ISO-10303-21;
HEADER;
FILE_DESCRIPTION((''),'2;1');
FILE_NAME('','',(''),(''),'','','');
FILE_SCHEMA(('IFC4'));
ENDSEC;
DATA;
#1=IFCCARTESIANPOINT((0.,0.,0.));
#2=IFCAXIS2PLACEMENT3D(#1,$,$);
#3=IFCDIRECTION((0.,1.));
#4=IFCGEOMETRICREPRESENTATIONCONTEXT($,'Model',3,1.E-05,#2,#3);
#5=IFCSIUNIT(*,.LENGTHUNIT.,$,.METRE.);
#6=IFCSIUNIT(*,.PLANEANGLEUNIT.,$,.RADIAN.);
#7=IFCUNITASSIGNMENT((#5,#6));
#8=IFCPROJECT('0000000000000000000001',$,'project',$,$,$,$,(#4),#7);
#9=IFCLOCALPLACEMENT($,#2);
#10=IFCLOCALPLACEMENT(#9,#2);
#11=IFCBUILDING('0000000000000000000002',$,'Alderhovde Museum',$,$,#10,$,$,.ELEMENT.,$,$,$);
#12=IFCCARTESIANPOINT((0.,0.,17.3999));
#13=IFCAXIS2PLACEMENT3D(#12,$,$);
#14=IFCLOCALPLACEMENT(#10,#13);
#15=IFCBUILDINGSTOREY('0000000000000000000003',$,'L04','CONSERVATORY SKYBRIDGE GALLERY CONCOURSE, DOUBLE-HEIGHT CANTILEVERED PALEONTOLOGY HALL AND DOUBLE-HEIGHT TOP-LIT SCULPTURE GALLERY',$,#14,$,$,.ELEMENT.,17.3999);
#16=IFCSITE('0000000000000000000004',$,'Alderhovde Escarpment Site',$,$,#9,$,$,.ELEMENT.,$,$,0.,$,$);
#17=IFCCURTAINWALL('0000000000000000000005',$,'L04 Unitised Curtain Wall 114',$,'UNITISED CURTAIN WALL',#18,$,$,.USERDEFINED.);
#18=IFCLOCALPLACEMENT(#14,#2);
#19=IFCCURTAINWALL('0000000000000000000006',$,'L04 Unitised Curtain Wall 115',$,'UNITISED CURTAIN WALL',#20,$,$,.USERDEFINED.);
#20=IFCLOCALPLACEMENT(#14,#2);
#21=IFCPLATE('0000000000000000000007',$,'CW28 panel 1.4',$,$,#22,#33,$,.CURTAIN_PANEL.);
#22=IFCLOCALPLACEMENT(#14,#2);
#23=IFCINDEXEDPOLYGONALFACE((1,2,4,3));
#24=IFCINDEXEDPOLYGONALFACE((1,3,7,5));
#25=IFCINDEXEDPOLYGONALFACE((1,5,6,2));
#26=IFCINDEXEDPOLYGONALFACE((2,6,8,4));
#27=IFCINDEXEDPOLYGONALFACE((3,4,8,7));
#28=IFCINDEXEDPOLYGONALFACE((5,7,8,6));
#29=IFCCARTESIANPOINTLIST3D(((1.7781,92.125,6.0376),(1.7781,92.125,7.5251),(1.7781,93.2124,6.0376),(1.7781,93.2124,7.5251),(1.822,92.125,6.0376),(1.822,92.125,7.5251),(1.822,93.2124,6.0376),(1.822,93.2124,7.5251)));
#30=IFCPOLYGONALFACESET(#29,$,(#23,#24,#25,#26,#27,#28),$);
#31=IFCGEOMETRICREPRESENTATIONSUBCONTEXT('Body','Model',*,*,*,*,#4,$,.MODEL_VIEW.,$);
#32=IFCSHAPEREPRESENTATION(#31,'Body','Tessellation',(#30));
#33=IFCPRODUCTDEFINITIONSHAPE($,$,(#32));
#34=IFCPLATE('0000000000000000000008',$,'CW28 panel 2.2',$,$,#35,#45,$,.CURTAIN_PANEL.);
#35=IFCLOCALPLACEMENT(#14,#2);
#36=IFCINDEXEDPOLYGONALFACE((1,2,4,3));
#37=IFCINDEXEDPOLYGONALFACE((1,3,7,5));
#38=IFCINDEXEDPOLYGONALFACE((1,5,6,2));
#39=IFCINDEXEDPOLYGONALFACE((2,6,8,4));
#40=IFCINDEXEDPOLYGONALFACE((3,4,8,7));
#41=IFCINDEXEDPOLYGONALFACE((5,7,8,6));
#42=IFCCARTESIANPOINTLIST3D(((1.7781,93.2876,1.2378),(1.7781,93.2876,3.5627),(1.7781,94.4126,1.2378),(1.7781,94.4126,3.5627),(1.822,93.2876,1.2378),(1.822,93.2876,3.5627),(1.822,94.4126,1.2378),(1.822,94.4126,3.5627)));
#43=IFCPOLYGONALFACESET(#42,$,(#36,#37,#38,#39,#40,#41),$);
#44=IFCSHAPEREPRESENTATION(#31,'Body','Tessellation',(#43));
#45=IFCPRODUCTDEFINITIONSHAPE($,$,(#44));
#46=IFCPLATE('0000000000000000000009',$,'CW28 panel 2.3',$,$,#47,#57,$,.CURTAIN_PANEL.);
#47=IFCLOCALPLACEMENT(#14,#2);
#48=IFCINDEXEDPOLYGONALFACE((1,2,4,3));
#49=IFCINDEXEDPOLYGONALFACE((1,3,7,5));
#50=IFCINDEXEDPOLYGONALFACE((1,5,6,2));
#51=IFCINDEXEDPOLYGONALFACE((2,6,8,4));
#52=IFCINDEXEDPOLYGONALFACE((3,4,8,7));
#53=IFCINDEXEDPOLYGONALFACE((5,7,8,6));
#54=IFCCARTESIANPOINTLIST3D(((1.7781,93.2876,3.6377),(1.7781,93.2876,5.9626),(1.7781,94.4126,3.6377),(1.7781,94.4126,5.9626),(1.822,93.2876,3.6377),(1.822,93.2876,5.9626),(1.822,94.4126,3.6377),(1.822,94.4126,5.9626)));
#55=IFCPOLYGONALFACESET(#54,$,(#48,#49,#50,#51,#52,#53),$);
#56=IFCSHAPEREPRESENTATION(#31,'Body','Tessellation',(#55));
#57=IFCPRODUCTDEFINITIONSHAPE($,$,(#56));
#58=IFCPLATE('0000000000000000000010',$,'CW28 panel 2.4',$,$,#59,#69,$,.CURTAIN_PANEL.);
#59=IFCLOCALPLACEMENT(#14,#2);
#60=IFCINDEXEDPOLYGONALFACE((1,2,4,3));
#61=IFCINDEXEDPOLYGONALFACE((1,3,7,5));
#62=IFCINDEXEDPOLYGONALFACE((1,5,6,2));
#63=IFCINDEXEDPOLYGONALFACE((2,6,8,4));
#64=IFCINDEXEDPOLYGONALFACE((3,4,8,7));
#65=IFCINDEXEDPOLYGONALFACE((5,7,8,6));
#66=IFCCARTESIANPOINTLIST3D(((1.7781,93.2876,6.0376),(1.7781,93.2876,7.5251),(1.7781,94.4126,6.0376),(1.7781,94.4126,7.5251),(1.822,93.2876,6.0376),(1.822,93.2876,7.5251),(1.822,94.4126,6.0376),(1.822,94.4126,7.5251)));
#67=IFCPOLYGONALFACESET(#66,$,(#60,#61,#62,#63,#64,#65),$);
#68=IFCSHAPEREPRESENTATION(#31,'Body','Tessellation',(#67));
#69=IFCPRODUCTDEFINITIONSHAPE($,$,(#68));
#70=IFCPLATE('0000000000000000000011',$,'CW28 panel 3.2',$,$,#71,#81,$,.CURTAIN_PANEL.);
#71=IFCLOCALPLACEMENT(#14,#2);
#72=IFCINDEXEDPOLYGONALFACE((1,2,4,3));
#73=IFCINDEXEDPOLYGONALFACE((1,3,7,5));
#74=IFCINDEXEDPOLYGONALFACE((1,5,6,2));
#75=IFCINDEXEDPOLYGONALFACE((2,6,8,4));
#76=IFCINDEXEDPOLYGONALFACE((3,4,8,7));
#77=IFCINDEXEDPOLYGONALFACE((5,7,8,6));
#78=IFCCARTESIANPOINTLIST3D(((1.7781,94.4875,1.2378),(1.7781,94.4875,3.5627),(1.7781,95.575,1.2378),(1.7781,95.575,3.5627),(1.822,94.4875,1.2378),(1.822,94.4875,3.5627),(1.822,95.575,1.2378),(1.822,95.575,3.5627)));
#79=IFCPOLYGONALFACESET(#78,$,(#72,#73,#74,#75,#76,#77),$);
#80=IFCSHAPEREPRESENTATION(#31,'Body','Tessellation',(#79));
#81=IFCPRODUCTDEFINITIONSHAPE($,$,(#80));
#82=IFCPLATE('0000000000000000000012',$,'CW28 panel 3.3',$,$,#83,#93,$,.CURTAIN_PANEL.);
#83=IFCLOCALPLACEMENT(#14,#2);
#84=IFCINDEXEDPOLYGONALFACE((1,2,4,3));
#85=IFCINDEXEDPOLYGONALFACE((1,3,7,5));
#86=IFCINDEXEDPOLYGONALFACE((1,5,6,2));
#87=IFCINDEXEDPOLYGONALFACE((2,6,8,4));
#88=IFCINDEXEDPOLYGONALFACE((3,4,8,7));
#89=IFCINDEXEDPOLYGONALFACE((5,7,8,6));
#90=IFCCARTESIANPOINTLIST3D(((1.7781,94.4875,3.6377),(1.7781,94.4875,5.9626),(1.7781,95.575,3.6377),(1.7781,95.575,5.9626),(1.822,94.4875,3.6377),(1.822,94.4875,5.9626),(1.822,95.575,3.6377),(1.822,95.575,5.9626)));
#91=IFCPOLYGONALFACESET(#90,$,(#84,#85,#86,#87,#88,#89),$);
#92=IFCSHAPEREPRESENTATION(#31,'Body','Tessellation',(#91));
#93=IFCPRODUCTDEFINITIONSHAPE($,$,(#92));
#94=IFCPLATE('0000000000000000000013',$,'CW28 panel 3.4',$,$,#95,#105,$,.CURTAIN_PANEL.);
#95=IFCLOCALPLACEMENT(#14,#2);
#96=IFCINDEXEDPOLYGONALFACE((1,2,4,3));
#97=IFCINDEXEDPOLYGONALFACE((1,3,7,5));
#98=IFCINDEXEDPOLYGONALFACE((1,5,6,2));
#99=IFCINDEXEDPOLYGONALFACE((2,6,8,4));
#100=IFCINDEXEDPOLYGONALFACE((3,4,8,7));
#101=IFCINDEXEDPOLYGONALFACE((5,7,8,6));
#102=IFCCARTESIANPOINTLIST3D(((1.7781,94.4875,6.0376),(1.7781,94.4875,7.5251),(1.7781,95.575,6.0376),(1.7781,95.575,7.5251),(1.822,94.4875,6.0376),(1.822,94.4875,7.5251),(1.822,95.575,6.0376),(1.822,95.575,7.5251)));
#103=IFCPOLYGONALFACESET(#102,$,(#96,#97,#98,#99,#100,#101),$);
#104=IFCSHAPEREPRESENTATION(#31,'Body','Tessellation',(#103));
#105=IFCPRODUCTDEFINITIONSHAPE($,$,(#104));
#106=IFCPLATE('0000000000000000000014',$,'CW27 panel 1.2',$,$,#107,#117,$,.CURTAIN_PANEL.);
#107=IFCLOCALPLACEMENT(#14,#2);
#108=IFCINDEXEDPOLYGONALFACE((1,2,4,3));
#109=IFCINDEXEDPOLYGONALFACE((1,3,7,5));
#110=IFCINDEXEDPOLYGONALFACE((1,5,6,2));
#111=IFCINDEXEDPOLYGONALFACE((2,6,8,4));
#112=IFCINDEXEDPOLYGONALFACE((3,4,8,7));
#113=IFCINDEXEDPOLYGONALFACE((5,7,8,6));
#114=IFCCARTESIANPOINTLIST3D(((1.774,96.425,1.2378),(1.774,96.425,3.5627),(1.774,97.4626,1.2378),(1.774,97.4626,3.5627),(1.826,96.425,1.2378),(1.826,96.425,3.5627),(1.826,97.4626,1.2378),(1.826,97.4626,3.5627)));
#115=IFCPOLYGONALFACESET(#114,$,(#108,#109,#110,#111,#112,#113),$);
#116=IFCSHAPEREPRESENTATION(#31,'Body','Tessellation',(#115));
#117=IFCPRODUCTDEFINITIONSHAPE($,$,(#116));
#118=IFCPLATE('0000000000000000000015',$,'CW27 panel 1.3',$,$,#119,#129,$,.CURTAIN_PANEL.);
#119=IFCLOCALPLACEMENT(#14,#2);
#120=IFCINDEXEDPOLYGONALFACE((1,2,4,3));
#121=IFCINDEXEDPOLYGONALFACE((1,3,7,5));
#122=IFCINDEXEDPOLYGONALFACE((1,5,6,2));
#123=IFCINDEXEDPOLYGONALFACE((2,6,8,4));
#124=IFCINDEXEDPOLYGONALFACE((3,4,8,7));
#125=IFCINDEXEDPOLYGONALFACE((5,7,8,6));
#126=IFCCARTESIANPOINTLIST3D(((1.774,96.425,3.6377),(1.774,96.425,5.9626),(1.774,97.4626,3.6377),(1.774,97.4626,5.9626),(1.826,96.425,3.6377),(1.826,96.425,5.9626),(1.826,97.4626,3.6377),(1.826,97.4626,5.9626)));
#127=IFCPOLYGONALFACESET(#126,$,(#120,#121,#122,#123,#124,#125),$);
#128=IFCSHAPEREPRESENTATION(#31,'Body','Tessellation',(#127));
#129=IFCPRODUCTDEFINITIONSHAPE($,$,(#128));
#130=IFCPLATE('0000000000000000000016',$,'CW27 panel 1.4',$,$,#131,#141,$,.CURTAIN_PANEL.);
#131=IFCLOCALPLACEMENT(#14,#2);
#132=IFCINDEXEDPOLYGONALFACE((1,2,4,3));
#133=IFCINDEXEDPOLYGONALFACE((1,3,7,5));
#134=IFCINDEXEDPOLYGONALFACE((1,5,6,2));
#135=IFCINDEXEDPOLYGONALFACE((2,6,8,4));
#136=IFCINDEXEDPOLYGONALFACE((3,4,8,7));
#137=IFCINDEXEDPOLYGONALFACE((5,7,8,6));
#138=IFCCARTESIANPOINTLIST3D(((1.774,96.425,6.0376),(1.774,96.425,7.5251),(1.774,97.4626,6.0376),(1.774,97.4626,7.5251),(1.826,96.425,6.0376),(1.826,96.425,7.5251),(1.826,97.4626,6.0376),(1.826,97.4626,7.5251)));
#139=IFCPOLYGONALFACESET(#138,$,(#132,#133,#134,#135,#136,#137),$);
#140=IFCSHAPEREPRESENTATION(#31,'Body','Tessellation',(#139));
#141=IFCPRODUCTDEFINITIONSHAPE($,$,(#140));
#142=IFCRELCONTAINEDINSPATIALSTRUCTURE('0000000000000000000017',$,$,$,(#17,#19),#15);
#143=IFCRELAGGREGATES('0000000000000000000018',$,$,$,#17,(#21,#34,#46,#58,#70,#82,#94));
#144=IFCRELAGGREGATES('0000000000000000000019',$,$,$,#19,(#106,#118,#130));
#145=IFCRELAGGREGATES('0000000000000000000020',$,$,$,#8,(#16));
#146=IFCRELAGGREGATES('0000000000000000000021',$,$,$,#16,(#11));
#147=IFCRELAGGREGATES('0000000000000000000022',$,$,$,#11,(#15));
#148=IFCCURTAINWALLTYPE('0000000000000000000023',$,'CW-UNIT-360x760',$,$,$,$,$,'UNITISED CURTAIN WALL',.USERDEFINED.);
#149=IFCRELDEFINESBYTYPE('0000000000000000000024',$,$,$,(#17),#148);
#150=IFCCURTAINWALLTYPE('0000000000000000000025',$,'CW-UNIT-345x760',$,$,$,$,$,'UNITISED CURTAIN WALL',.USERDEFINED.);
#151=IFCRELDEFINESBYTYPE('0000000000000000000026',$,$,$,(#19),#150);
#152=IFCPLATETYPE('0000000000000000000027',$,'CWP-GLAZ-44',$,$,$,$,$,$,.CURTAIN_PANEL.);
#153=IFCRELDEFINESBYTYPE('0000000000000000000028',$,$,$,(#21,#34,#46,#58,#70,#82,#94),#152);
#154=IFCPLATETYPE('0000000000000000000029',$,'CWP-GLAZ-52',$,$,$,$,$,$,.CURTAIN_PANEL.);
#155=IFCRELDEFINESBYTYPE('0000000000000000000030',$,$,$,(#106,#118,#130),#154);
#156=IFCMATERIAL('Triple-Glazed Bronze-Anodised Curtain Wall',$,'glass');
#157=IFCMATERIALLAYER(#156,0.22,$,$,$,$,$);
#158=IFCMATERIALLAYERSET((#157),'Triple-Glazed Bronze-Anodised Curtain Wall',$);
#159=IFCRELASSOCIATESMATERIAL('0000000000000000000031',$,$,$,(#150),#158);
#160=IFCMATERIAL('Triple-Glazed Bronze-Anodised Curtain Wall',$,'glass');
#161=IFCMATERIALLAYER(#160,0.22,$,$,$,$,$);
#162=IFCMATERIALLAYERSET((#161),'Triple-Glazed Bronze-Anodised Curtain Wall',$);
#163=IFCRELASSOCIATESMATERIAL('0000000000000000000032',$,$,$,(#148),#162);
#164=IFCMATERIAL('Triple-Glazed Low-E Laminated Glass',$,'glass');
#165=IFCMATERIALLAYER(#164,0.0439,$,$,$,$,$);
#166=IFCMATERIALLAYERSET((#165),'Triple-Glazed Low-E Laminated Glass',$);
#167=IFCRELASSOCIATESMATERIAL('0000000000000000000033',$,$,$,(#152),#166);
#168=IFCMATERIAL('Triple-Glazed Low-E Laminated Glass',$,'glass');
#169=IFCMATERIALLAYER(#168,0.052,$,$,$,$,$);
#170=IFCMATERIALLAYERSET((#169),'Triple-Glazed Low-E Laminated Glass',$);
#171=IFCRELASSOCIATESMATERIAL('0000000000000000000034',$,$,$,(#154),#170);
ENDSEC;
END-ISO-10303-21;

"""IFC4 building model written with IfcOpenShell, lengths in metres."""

from ifc_helpers import new_model, si_unit, direction, frame, origin, origin_2d, place, context, subcontext, project, spatial, rectangle, extrude, material, layer, layer_set, type_object, element, aggregate, save


model = new_model("IFC4")

# Units and contexts
model_context = context("Model", 3, precision=1e-05, world=origin(), true_north=direction((0.0, 1.0)))
body_context = subcontext(model_context, "Body", "Model", "MODEL_VIEW")
ifc_project = project(units=[si_unit("LENGTHUNIT", "METRE"), si_unit("PLANEANGLEUNIT", "RADIAN")], contexts=[model_context])

# Site, building, storey
site_placement = place(None, origin())
site = spatial("IfcSite", under=ifc_project, at=site_placement, Name="Alderhovde Escarpment Site", CompositionType="ELEMENT", RefElevation=0.0)
building_placement = place(site_placement, origin())
building = spatial("IfcBuilding", under=site, at=building_placement, Name="Alderhovde Museum", CompositionType="ELEMENT")
storey_placement = place(building_placement, frame((0.0, 0.0, 17.3999)))
storey = spatial("IfcBuildingStorey", under=building, at=storey_placement, Name="L04", Description="CONSERVATORY SKYBRIDGE GALLERY CONCOURSE, DOUBLE-HEIGHT CANTILEVERED PALEONTOLOGY HALL AND DOUBLE-HEIGHT TOP-LIT SCULPTURE GALLERY", CompositionType="ELEMENT", Elevation=17.3999)

# Curtain walls
ifc_material_1 = material(Name="Triple-Glazed Bronze-Anodised Curtain Wall", Category="glass")
ifc_layer_1 = layer(ifc_material_1, 0.22)
ifc_layer_set_1 = layer_set([ifc_layer_1], Name="Triple-Glazed Bronze-Anodised Curtain Wall")
curtain_wall_type_1 = type_object("IfcCurtainWallType", Name="CW-UNIT-345x760", ElementType="UNITISED CURTAIN WALL", PredefinedType="USERDEFINED", material=ifc_layer_set_1)
ifc_material_2 = material(Name="Triple-Glazed Bronze-Anodised Curtain Wall", Category="glass")
ifc_layer_2 = layer(ifc_material_2, 0.22)
ifc_layer_set_2 = layer_set([ifc_layer_2], Name="Triple-Glazed Bronze-Anodised Curtain Wall")
curtain_wall_type_2 = type_object("IfcCurtainWallType", Name="CW-UNIT-360x760", ElementType="UNITISED CURTAIN WALL", PredefinedType="USERDEFINED", material=ifc_layer_set_2)
curtain_wall_1_placement = place(storey_placement, origin())
curtain_wall_1 = element("IfcCurtainWall", 1, at=curtain_wall_1_placement, inside=storey, type_object=curtain_wall_type_2, Name="L04 Unitised Curtain Wall 114", ObjectType="UNITISED CURTAIN WALL", PredefinedType="USERDEFINED")
curtain_wall_2_placement = place(storey_placement, origin())
curtain_wall_2 = element("IfcCurtainWall", 2, at=curtain_wall_2_placement, inside=storey, type_object=curtain_wall_type_1, Name="L04 Unitised Curtain Wall 115", ObjectType="UNITISED CURTAIN WALL", PredefinedType="USERDEFINED")

# Plates
ifc_material_3 = material(Name="Triple-Glazed Low-E Laminated Glass", Category="glass")
ifc_layer_3 = layer(ifc_material_3, 0.0439)
ifc_layer_set_3 = layer_set([ifc_layer_3], Name="Triple-Glazed Low-E Laminated Glass")
plate_type_1 = type_object("IfcPlateType", Name="CWP-GLAZ-44", PredefinedType="CURTAIN_PANEL", material=ifc_layer_set_3)
plate_1_placement = place(storey_placement, frame((1.8, 92.6687, 6.0376), z_axis=(0.0, 0.0, 1.0), x_axis=(0.0, 1.0, 0.0)))
plate_1 = element("IfcPlate", 3, at=plate_1_placement, type_object=plate_type_1, Name="CW28 panel 1.4", PredefinedType="CURTAIN_PANEL", context=body_context, shape_type="SweptSolid", body=[
    extrude(rectangle(XDim=1.0874, YDim=0.0439, at=origin_2d()), origin(), (0.0, 0.0, 1.0), 1.4875),
])
plate_2_placement = place(storey_placement, frame((1.8, 93.8501, 1.2378), z_axis=(0.0, 0.0, 1.0), x_axis=(0.0, 1.0, 0.0)))
plate_2 = element("IfcPlate", 4, at=plate_2_placement, type_object=plate_type_1, Name="CW28 panel 2.2", PredefinedType="CURTAIN_PANEL", context=body_context, shape_type="SweptSolid", body=[
    extrude(rectangle(XDim=1.125, YDim=0.0439, at=origin_2d()), origin(), (0.0, 0.0, 1.0), 2.325),
])
plate_3_placement = place(storey_placement, frame((1.8, 93.8501, 3.6377), z_axis=(0.0, 0.0, 1.0), x_axis=(0.0, 1.0, 0.0)))
plate_3 = element("IfcPlate", 5, at=plate_3_placement, type_object=plate_type_1, Name="CW28 panel 2.3", PredefinedType="CURTAIN_PANEL", context=body_context, shape_type="SweptSolid", body=[
    extrude(rectangle(XDim=1.125, YDim=0.0439, at=origin_2d()), origin(), (0.0, 0.0, 1.0), 2.325),
])
plate_4_placement = place(storey_placement, frame((1.8, 93.8501, 6.0376), z_axis=(0.0, 0.0, 1.0), x_axis=(0.0, 1.0, 0.0)))
plate_4 = element("IfcPlate", 6, at=plate_4_placement, type_object=plate_type_1, Name="CW28 panel 2.4", PredefinedType="CURTAIN_PANEL", context=body_context, shape_type="SweptSolid", body=[
    extrude(rectangle(XDim=1.125, YDim=0.0439, at=origin_2d()), origin(), (0.0, 0.0, 1.0), 1.4875),
])
plate_5_placement = place(storey_placement, frame((1.8, 95.0312, 1.2378), z_axis=(0.0, 0.0, 1.0), x_axis=(0.0, 1.0, 0.0)))
plate_5 = element("IfcPlate", 7, at=plate_5_placement, type_object=plate_type_1, Name="CW28 panel 3.2", PredefinedType="CURTAIN_PANEL", context=body_context, shape_type="SweptSolid", body=[
    extrude(rectangle(XDim=1.0874, YDim=0.0439, at=origin_2d()), origin(), (0.0, 0.0, 1.0), 2.325),
])
plate_6_placement = place(storey_placement, frame((1.8, 95.0312, 3.6377), z_axis=(0.0, 0.0, 1.0), x_axis=(0.0, 1.0, 0.0)))
plate_6 = element("IfcPlate", 8, at=plate_6_placement, type_object=plate_type_1, Name="CW28 panel 3.3", PredefinedType="CURTAIN_PANEL", context=body_context, shape_type="SweptSolid", body=[
    extrude(rectangle(XDim=1.0874, YDim=0.0439, at=origin_2d()), origin(), (0.0, 0.0, 1.0), 2.325),
])
plate_7_placement = place(storey_placement, frame((1.8, 95.0312, 6.0376), z_axis=(0.0, 0.0, 1.0), x_axis=(0.0, 1.0, 0.0)))
plate_7 = element("IfcPlate", 9, at=plate_7_placement, type_object=plate_type_1, Name="CW28 panel 3.4", PredefinedType="CURTAIN_PANEL", context=body_context, shape_type="SweptSolid", body=[
    extrude(rectangle(XDim=1.0874, YDim=0.0439, at=origin_2d()), origin(), (0.0, 0.0, 1.0), 1.4875),
])
aggregate(curtain_wall_1, [plate_1, plate_2, plate_3, plate_4, plate_5, plate_6, plate_7])
ifc_material_4 = material(Name="Triple-Glazed Low-E Laminated Glass", Category="glass")
ifc_layer_4 = layer(ifc_material_4, 0.052)
ifc_layer_set_4 = layer_set([ifc_layer_4], Name="Triple-Glazed Low-E Laminated Glass")
plate_type_2 = type_object("IfcPlateType", Name="CWP-GLAZ-52", PredefinedType="CURTAIN_PANEL", material=ifc_layer_set_4)
plate_8_placement = place(storey_placement, frame((1.8, 96.9438, 1.2378), z_axis=(0.0, 0.0, 1.0), x_axis=(0.0, 1.0, 0.0)))
plate_8 = element("IfcPlate", 10, at=plate_8_placement, type_object=plate_type_2, Name="CW27 panel 1.2", PredefinedType="CURTAIN_PANEL", context=body_context, shape_type="SweptSolid", body=[
    extrude(rectangle(XDim=1.0376, YDim=0.052, at=origin_2d()), origin(), (0.0, 0.0, 1.0), 2.325),
])
plate_9_placement = place(storey_placement, frame((1.8, 96.9438, 3.6377), z_axis=(0.0, 0.0, 1.0), x_axis=(0.0, 1.0, 0.0)))
plate_9 = element("IfcPlate", 11, at=plate_9_placement, type_object=plate_type_2, Name="CW27 panel 1.3", PredefinedType="CURTAIN_PANEL", context=body_context, shape_type="SweptSolid", body=[
    extrude(rectangle(XDim=1.0376, YDim=0.052, at=origin_2d()), origin(), (0.0, 0.0, 1.0), 2.325),
])
plate_10_placement = place(storey_placement, frame((1.8, 96.9438, 6.0376), z_axis=(0.0, 0.0, 1.0), x_axis=(0.0, 1.0, 0.0)))
plate_10 = element("IfcPlate", 12, at=plate_10_placement, type_object=plate_type_2, Name="CW27 panel 1.4", PredefinedType="CURTAIN_PANEL", context=body_context, shape_type="SweptSolid", body=[
    extrude(rectangle(XDim=1.0376, YDim=0.052, at=origin_2d()), origin(), (0.0, 0.0, 1.0), 1.4875),
])
aggregate(curtain_wall_2, [plate_8, plate_9, plate_10])

save(model, "model.ifc")
